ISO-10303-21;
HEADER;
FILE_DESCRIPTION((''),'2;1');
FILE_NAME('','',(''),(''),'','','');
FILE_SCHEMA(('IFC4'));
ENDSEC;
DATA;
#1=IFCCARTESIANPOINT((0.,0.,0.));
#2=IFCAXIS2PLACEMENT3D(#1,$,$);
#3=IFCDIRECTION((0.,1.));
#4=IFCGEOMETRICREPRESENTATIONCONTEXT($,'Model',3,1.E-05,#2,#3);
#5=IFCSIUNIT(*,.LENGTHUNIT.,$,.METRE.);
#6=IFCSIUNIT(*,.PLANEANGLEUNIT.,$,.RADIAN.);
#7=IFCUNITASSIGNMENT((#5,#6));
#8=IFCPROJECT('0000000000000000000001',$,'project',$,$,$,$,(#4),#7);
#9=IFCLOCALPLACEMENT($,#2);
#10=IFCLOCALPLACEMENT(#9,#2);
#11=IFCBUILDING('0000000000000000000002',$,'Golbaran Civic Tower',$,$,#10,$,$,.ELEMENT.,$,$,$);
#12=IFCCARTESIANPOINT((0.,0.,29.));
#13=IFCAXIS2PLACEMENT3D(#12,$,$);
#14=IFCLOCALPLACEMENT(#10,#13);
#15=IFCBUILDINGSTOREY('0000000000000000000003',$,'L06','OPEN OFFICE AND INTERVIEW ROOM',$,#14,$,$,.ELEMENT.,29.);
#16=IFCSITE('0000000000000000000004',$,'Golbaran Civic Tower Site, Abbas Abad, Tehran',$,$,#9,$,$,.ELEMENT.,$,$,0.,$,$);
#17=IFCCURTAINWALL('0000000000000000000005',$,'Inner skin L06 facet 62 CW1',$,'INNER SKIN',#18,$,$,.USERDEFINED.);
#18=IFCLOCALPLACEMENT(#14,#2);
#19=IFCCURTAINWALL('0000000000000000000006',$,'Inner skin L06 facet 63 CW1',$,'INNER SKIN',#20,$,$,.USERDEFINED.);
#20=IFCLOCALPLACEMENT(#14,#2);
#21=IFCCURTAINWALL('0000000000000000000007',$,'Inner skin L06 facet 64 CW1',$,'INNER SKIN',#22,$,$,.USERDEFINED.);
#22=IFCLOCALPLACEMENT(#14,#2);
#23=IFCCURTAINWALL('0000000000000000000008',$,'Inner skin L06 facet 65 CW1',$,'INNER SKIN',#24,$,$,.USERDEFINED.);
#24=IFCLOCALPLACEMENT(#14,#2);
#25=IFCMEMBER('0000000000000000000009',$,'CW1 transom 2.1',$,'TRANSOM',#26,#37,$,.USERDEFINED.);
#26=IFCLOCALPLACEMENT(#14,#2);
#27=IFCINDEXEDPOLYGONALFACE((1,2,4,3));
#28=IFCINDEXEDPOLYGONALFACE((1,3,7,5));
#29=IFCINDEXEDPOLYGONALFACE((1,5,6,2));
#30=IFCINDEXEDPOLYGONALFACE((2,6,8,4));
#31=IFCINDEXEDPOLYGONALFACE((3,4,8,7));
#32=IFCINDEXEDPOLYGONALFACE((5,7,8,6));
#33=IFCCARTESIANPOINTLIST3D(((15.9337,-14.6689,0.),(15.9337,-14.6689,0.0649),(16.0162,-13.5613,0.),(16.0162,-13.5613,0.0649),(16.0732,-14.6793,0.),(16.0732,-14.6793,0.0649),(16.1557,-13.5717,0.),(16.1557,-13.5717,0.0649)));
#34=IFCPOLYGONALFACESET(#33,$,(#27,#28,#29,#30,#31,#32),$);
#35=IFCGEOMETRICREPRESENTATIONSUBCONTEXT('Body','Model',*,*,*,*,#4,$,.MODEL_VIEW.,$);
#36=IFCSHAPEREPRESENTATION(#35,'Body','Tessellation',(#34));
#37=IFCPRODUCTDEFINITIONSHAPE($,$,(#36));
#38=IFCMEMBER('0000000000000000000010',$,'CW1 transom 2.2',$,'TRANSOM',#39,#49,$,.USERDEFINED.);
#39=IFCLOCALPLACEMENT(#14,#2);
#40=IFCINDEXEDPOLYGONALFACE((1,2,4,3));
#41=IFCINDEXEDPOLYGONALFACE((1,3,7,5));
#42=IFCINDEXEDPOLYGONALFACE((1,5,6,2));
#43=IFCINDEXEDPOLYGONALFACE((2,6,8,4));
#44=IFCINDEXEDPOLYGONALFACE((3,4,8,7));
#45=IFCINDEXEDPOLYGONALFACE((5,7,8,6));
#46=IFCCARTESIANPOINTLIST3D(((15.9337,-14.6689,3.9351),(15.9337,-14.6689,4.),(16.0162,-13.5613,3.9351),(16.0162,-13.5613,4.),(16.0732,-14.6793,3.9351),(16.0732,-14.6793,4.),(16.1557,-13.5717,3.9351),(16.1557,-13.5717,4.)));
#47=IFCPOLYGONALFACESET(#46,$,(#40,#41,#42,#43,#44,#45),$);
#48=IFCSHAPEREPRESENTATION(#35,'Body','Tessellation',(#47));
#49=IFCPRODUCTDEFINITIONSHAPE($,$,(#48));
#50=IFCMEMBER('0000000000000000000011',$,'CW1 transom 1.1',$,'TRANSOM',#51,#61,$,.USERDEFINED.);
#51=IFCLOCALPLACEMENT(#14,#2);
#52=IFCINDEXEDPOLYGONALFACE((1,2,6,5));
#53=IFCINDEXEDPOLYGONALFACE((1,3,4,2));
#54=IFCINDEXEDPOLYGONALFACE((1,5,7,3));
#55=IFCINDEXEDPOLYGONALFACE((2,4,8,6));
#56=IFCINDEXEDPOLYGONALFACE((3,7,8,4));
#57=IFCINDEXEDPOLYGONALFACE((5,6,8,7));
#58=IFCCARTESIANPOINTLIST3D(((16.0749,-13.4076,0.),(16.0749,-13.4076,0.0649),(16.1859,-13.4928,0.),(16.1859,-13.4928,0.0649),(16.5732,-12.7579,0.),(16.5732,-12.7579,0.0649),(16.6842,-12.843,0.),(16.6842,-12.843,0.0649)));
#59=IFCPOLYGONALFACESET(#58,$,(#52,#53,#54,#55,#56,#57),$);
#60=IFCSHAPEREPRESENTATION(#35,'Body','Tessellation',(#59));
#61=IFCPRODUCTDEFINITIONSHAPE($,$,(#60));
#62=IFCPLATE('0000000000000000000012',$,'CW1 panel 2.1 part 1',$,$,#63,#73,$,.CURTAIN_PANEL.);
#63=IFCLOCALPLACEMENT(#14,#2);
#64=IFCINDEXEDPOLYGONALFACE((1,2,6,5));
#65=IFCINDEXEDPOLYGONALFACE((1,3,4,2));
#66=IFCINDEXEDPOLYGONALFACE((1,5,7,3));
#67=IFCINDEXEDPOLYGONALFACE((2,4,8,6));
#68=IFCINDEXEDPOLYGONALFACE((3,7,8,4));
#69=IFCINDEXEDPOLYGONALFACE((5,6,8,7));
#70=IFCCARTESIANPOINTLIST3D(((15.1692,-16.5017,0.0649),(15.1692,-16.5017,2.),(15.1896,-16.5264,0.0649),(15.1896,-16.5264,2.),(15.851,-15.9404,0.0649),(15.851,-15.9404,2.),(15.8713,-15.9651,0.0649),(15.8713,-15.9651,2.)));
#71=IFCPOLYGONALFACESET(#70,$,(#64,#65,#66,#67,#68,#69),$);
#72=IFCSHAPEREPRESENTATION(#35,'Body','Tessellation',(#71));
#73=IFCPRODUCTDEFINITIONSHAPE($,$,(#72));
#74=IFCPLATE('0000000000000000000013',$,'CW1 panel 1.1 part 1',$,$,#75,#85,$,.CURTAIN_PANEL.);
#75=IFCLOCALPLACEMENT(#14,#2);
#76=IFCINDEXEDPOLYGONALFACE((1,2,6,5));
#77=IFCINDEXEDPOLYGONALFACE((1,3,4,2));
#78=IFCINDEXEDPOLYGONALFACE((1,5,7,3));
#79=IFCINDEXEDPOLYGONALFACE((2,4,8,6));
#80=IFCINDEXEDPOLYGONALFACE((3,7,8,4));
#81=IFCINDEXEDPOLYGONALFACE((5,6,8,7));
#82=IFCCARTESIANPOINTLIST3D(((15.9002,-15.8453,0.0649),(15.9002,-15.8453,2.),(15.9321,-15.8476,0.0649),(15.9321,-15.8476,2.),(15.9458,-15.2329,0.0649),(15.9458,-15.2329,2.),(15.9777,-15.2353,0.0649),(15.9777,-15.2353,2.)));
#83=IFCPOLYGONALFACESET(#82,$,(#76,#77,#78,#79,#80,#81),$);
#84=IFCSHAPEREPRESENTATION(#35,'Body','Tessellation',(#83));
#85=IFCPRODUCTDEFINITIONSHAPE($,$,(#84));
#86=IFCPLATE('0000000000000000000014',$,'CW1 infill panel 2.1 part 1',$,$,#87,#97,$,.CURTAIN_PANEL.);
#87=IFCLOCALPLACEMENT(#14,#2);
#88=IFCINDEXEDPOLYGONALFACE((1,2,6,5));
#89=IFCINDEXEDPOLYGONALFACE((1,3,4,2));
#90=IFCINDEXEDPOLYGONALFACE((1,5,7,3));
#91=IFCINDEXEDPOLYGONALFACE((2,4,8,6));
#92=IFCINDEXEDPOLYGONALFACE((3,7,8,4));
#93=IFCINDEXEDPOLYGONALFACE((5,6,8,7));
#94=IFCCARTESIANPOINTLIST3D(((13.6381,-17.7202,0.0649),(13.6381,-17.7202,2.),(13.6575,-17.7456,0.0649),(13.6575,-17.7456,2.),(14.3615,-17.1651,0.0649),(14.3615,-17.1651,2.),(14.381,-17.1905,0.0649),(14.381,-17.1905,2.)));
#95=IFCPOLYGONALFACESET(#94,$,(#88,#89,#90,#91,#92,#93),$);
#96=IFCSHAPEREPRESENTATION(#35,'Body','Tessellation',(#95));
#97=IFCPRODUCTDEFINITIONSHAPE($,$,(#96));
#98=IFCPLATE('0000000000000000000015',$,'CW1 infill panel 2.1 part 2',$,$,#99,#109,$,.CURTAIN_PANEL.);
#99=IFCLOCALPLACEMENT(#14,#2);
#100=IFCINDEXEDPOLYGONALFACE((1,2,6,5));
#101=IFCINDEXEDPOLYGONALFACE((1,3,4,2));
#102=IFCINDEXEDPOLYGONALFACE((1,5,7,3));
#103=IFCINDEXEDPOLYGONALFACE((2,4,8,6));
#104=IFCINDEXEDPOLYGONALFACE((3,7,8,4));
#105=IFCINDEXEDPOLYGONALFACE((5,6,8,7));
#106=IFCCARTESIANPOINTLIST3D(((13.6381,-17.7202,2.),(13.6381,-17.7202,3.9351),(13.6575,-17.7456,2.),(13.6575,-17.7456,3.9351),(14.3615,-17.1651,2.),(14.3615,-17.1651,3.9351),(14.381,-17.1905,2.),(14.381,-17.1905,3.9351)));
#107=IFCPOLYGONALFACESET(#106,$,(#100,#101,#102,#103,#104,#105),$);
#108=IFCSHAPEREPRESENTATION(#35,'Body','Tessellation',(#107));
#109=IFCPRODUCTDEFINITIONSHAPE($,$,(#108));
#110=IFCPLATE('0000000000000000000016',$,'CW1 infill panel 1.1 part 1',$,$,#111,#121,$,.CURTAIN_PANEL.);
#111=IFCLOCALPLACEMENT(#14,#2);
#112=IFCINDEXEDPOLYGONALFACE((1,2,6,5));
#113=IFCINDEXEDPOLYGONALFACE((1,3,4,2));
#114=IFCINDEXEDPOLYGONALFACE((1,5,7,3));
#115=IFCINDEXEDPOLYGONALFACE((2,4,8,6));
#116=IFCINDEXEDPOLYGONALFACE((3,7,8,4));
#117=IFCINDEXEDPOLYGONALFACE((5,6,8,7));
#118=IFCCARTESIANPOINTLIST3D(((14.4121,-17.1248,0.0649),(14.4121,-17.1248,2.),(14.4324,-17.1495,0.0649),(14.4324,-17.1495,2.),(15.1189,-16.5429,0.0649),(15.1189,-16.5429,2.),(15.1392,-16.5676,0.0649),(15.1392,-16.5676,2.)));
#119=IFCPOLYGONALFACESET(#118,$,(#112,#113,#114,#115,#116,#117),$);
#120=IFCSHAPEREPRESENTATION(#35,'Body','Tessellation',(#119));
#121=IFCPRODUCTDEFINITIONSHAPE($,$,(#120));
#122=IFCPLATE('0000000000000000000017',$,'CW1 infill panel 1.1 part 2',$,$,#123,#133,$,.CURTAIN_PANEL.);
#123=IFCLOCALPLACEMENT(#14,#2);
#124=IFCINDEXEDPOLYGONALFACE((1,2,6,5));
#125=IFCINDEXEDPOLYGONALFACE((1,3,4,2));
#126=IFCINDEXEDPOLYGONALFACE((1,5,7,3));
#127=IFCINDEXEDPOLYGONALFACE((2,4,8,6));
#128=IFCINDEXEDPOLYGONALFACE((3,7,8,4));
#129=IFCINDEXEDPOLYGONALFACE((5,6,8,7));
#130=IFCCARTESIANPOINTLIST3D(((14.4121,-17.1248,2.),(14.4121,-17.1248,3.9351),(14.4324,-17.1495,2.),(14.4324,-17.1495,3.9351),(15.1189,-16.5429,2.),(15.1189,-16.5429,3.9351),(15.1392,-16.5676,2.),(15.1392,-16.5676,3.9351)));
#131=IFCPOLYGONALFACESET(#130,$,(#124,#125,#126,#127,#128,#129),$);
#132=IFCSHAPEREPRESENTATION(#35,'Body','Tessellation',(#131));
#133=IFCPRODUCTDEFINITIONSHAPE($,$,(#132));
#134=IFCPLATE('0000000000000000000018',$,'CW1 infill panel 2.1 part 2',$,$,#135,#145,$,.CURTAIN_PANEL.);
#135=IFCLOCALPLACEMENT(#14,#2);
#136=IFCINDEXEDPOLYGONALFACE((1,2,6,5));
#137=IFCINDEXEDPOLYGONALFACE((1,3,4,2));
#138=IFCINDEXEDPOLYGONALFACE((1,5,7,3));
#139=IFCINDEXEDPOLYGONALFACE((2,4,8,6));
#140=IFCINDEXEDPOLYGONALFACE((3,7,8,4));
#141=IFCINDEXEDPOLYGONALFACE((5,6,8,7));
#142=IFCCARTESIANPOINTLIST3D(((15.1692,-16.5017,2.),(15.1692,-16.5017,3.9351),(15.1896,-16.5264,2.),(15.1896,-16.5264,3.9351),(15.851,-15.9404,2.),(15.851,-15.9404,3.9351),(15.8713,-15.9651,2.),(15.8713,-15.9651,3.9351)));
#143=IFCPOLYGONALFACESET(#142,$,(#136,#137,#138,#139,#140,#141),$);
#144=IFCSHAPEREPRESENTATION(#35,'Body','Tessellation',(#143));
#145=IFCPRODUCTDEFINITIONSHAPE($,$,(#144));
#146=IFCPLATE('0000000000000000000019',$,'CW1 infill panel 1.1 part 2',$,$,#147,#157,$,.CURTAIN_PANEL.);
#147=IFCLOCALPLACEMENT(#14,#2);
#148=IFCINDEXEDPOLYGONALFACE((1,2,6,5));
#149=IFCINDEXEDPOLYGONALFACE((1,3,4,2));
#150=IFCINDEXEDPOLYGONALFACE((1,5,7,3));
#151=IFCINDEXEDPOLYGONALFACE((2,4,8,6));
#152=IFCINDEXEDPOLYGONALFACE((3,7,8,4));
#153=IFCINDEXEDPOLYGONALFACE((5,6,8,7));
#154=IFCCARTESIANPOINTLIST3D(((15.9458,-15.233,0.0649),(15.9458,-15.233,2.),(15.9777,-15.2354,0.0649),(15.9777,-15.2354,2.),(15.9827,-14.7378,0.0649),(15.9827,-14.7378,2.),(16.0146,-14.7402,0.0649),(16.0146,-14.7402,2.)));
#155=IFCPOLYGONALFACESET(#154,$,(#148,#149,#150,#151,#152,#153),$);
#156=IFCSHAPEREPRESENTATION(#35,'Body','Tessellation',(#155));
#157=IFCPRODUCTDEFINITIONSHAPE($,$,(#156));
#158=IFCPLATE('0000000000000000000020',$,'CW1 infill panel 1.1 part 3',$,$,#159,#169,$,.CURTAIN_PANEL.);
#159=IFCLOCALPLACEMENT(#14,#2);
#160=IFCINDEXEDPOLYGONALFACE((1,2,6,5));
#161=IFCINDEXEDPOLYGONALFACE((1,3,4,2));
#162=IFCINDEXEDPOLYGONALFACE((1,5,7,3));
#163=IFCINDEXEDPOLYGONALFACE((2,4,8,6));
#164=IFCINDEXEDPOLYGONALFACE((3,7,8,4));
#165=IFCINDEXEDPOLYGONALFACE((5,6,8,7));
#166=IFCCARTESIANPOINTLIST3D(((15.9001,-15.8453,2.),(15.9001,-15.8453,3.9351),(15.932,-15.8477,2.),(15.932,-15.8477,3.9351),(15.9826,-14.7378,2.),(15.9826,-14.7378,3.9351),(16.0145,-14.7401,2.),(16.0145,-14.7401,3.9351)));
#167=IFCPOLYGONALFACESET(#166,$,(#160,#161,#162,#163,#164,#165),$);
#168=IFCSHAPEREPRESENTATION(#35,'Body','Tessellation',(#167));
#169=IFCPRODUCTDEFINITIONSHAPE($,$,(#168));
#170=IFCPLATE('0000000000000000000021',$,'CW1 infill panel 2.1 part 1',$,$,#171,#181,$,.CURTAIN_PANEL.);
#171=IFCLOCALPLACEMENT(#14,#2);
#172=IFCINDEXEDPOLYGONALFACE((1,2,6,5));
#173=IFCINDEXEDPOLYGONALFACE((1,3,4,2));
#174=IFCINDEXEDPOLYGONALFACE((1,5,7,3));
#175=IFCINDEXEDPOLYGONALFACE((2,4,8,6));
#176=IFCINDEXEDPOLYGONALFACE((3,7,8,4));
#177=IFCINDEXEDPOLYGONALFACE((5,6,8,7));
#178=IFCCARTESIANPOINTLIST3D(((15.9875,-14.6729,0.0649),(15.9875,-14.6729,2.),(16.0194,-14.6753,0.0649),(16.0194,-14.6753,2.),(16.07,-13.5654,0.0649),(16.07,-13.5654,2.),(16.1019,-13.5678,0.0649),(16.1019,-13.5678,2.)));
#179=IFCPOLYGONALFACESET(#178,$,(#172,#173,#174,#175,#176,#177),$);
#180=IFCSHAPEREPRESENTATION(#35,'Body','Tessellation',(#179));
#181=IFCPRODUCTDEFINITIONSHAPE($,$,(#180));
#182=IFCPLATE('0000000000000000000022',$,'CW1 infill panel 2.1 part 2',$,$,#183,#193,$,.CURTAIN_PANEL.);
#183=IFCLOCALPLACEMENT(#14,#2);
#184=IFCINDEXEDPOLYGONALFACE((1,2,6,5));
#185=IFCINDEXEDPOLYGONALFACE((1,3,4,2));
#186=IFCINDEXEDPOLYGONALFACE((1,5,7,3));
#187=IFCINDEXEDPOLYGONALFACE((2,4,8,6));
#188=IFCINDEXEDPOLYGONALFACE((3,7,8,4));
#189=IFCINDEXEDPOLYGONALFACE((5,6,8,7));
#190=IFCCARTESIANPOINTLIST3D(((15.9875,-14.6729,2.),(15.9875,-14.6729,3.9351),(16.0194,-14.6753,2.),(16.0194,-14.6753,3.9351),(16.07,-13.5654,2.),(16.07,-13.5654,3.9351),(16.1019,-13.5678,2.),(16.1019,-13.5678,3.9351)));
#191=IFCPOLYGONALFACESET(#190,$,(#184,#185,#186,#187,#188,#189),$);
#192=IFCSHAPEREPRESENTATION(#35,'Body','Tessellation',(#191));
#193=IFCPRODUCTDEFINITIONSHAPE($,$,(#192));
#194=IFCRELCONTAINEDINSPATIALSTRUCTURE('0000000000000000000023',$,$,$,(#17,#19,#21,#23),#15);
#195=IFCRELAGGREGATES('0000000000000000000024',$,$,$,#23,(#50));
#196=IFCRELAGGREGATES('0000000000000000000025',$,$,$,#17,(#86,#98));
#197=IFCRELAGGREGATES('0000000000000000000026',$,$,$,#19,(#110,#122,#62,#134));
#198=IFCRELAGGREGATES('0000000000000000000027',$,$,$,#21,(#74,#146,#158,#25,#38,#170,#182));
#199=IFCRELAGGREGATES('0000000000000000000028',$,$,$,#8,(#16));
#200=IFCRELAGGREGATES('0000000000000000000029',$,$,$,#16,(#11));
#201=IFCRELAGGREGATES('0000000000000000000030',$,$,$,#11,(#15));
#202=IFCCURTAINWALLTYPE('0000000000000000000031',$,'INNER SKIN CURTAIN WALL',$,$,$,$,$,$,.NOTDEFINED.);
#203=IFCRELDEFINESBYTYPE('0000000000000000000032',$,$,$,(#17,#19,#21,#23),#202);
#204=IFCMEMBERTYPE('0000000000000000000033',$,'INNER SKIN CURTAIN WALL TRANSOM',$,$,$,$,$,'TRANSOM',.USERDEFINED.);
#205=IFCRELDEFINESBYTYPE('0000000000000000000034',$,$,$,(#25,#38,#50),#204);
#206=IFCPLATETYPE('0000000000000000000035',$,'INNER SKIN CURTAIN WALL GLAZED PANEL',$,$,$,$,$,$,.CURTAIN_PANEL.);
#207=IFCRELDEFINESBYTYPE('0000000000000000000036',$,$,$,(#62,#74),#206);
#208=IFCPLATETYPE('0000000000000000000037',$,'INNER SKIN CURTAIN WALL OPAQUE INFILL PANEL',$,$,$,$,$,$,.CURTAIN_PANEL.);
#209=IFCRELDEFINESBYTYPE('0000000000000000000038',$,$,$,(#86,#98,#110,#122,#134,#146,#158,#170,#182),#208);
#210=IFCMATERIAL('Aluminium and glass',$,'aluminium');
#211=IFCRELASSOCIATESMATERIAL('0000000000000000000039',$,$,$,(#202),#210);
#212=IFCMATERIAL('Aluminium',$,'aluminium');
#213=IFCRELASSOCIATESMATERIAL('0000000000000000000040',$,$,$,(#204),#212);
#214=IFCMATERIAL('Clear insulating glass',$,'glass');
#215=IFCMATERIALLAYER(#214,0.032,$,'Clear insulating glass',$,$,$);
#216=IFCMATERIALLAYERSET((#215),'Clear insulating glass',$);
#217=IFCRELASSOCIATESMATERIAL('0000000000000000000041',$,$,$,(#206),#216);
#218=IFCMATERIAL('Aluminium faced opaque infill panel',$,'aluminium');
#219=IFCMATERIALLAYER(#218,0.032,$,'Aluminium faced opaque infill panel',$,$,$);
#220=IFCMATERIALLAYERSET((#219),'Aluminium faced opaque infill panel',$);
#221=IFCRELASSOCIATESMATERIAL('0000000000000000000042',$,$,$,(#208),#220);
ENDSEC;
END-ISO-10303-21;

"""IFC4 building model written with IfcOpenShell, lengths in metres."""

from ifc_helpers import new_model, si_unit, direction, frame, origin, origin_2d, place, context, subcontext, project, spatial, rectangle, extrude, material, layer, layer_set, material_profile, profile_set, type_object, element, aggregate, save


model = new_model("IFC4")

# Units and contexts
model_context = context("Model", 3, precision=1e-05, world=origin(), true_north=direction((0.0, 1.0)))
body_context = subcontext(model_context, "Body", "Model", "MODEL_VIEW")
ifc_project = project(units=[si_unit("LENGTHUNIT", "METRE"), si_unit("PLANEANGLEUNIT", "RADIAN")], contexts=[model_context])

# Site, building, storey
site_placement = place(None, origin())
site = spatial("IfcSite", under=ifc_project, at=site_placement, Name="Golbaran Civic Tower Site, Abbas Abad, Tehran", CompositionType="ELEMENT", RefElevation=0.0)
building_placement = place(site_placement, origin())
building = spatial("IfcBuilding", under=site, at=building_placement, Name="Golbaran Civic Tower", CompositionType="ELEMENT")
storey_placement = place(building_placement, frame((0.0, 0.0, 29.0)))
storey = spatial("IfcBuildingStorey", under=building, at=storey_placement, Name="L06", Description="OPEN OFFICE AND INTERVIEW ROOM", CompositionType="ELEMENT", Elevation=29.0)

# Curtain wall
ifc_material_1 = material(Name="Aluminium and glass", Category="aluminium")
curtain_wall_type = type_object("IfcCurtainWallType", Name="INNER SKIN CURTAIN WALL", PredefinedType="NOTDEFINED", material=ifc_material_1)
curtain_wall_1_placement = place(storey_placement, origin())
curtain_wall_1 = element("IfcCurtainWall", 1, at=curtain_wall_1_placement, inside=storey, type_object=curtain_wall_type, Name="Inner skin L06 facet 62 CW1", ObjectType="INNER SKIN", PredefinedType="USERDEFINED")
ifc_material_2 = material(Name="Aluminium", Category="aluminium")

# Curtain walls
curtain_wall_2_placement = place(storey_placement, origin())
curtain_wall_2 = element("IfcCurtainWall", 2, at=curtain_wall_2_placement, inside=storey, type_object=curtain_wall_type, Name="Inner skin L06 facet 63 CW1", ObjectType="INNER SKIN", PredefinedType="USERDEFINED")
curtain_wall_3_placement = place(storey_placement, origin())
curtain_wall_3 = element("IfcCurtainWall", 3, at=curtain_wall_3_placement, inside=storey, type_object=curtain_wall_type, Name="Inner skin L06 facet 64 CW1", ObjectType="INNER SKIN", PredefinedType="USERDEFINED")

# Curtain wall
curtain_wall_4_placement = place(storey_placement, origin())
curtain_wall_4 = element("IfcCurtainWall", 4, at=curtain_wall_4_placement, inside=storey, type_object=curtain_wall_type, Name="Inner skin L06 facet 65 CW1", ObjectType="INNER SKIN", PredefinedType="USERDEFINED")

# Members
ifc_material_profile_1 = material_profile(ifc_material_2, rectangle(XDim=0.1399, YDim=0.0649, at=origin_2d()), Name="INNER SKIN CURTAIN WALL TRANSOM")
ifc_profile_set_1 = profile_set([ifc_material_profile_1], Name="Aluminium")
member_type_1 = type_object("IfcMemberType", Name="INNER SKIN CURTAIN WALL TRANSOM", ElementType="TRANSOM", PredefinedType="USERDEFINED", material=ifc_profile_set_1)
member_1_placement = place(storey_placement, frame((16.0034, -14.6741, 0.0325), z_axis=(0.074309, 0.997235, 0.0), x_axis=(-0.997235, 0.074309, 0.0)))
member_1 = element("IfcMember", 5, at=member_1_placement, type_object=member_type_1, Name="CW1 transom 2.1", ObjectType="TRANSOM", PredefinedType="USERDEFINED", context=body_context, shape_type="SweptSolid", body=[
    extrude(rectangle(XDim=0.1399, YDim=0.0649, at=origin_2d()), origin(), (0.0, 0.0, 1.0), 1.1106),
])
member_2_placement = place(storey_placement, frame((16.0034, -14.6741, 3.9675), z_axis=(0.074309, 0.997235, 0.0), x_axis=(-0.997235, 0.074309, 0.0)))
member_2 = element("IfcMember", 6, at=member_2_placement, type_object=member_type_1, Name="CW1 transom 2.2", ObjectType="TRANSOM", PredefinedType="USERDEFINED", context=body_context, shape_type="SweptSolid", body=[
    extrude(rectangle(XDim=0.1399, YDim=0.0649, at=origin_2d()), origin(), (0.0, 0.0, 1.0), 1.1106),
])
member_3_placement = place(storey_placement, frame((16.1304, -13.4502, 0.0325), z_axis=(0.608601, 0.793477, 0.0), x_axis=(-0.793477, 0.608601, 0.0)))
member_3 = element("IfcMember", 7, at=member_3_placement, type_object=member_type_1, Name="CW1 transom 1.1", ObjectType="TRANSOM", PredefinedType="USERDEFINED", context=body_context, shape_type="SweptSolid", body=[
    extrude(rectangle(XDim=0.1399, YDim=0.0649, at=origin_2d()), origin(), (0.0, 0.0, 1.0), 0.8188),
])
aggregate(curtain_wall_4, [member_3])

# Plates
ifc_material_3 = material(Name="Clear insulating glass", Category="glass")
ifc_layer_1 = layer(ifc_material_3, 0.032, Name="Clear insulating glass")
ifc_layer_set_1 = layer_set([ifc_layer_1], Name="Clear insulating glass")
plate_type_1 = type_object("IfcPlateType", Name="INNER SKIN CURTAIN WALL GLAZED PANEL", PredefinedType="CURTAIN_PANEL", material=ifc_layer_set_1)
plate_1_placement = place(storey_placement, frame((15.5203, -16.2334, 0.0649), z_axis=(0.0, 0.0, 1.0), x_axis=(0.772032, 0.635583, 0.0)))
plate_1 = element("IfcPlate", 8, at=plate_1_placement, type_object=plate_type_1, Name="CW1 panel 2.1 part 1", PredefinedType="CURTAIN_PANEL", context=body_context, shape_type="SweptSolid", body=[
    extrude(rectangle(XDim=0.8831, YDim=0.032, at=origin_2d()), origin(), (0.0, 0.0, 1.0), 1.9351),
])
plate_2_placement = place(storey_placement, frame((15.939, -15.5403, 0.0649), z_axis=(0.0, 0.0, 1.0), x_axis=(0.074267, 0.997238, 0.0)))
plate_2 = element("IfcPlate", 9, at=plate_2_placement, type_object=plate_type_1, Name="CW1 panel 1.1 part 1", PredefinedType="CURTAIN_PANEL", context=body_context, shape_type="SweptSolid", body=[
    extrude(rectangle(XDim=0.614, YDim=0.032, at=origin_2d()), origin(), (0.0, 0.0, 1.0), 1.9351),
])
ifc_material_4 = material(Name="Aluminium faced opaque infill panel", Category="aluminium")
ifc_layer_2 = layer(ifc_material_4, 0.032, Name="Aluminium faced opaque infill panel")
ifc_layer_set_2 = layer_set([ifc_layer_2], Name="Aluminium faced opaque infill panel")
plate_type_2 = type_object("IfcPlateType", Name="INNER SKIN CURTAIN WALL OPAQUE INFILL PANEL", PredefinedType="CURTAIN_PANEL", material=ifc_layer_set_2)
plate_3_placement = place(storey_placement, frame((14.0095, -17.4553, 0.0649), z_axis=(0.0, 0.0, 1.0), x_axis=(0.793353, 0.608761, 0.0)))
plate_3 = element("IfcPlate", 10, at=plate_3_placement, type_object=plate_type_2, Name="CW1 infill panel 2.1 part 1", PredefinedType="CURTAIN_PANEL", context=body_context, shape_type="SweptSolid", body=[
    extrude(rectangle(XDim=0.9119, YDim=0.032, at=origin_2d()), origin(), (0.0, 0.0, 1.0), 1.9351),
])
plate_4_placement = place(storey_placement, frame((14.0095, -17.4553, 2.0), z_axis=(0.0, 0.0, 1.0), x_axis=(0.793353, 0.608761, 0.0)))
plate_4 = element("IfcPlate", 11, at=plate_4_placement, type_object=plate_type_2, Name="CW1 infill panel 2.1 part 2", PredefinedType="CURTAIN_PANEL", context=body_context, shape_type="SweptSolid", body=[
    extrude(rectangle(XDim=0.9119, YDim=0.032, at=origin_2d()), origin(), (0.0, 0.0, 1.0), 1.9351),
])
aggregate(curtain_wall_1, [plate_3, plate_4])
plate_5_placement = place(storey_placement, frame((14.7756, -16.8462, 0.0649), z_axis=(0.0, 0.0, 1.0), x_axis=(0.772032, 0.635583, 0.0)))
plate_5 = element("IfcPlate", 12, at=plate_5_placement, type_object=plate_type_2, Name="CW1 infill panel 1.1 part 1", PredefinedType="CURTAIN_PANEL", context=body_context, shape_type="SweptSolid", body=[
    extrude(rectangle(XDim=0.9155, YDim=0.032, at=origin_2d()), origin(), (0.0, 0.0, 1.0), 1.9351),
])
plate_6_placement = place(storey_placement, frame((14.7756, -16.8462, 2.0), z_axis=(0.0, 0.0, 1.0), x_axis=(0.772032, 0.635583, 0.0)))
plate_6 = element("IfcPlate", 13, at=plate_6_placement, type_object=plate_type_2, Name="CW1 infill panel 1.1 part 2", PredefinedType="CURTAIN_PANEL", context=body_context, shape_type="SweptSolid", body=[
    extrude(rectangle(XDim=0.9155, YDim=0.032, at=origin_2d()), origin(), (0.0, 0.0, 1.0), 1.9351),
])
plate_7_placement = place(storey_placement, frame((15.5203, -16.2334, 2.0), z_axis=(0.0, 0.0, 1.0), x_axis=(0.772032, 0.635583, 0.0)))
plate_7 = element("IfcPlate", 14, at=plate_7_placement, type_object=plate_type_2, Name="CW1 infill panel 2.1 part 2", PredefinedType="CURTAIN_PANEL", context=body_context, shape_type="SweptSolid", body=[
    extrude(rectangle(XDim=0.8831, YDim=0.032, at=origin_2d()), origin(), (0.0, 0.0, 1.0), 1.9351),
])
aggregate(curtain_wall_2, [plate_5, plate_6, plate_1, plate_7])
plate_8_placement = place(storey_placement, frame((15.9802, -14.9866, 0.0649), z_axis=(0.0, 0.0, 1.0), x_axis=(0.074267, 0.997238, 0.0)))
plate_8 = element("IfcPlate", 15, at=plate_8_placement, type_object=plate_type_2, Name="CW1 infill panel 1.1 part 2", PredefinedType="CURTAIN_PANEL", context=body_context, shape_type="SweptSolid", body=[
    extrude(rectangle(XDim=0.4966, YDim=0.032, at=origin_2d()), origin(), (0.0, 0.0, 1.0), 1.9351),
])
plate_9_placement = place(storey_placement, frame((15.9573, -15.2927, 2.0), z_axis=(0.0, 0.0, 1.0), x_axis=(0.074267, 0.997238, 0.0)))
plate_9 = element("IfcPlate", 16, at=plate_9_placement, type_object=plate_type_2, Name="CW1 infill panel 1.1 part 3", PredefinedType="CURTAIN_PANEL", context=body_context, shape_type="SweptSolid", body=[
    extrude(rectangle(XDim=1.1106, YDim=0.032, at=origin_2d()), origin(), (0.0, 0.0, 1.0), 1.9351),
])
plate_10_placement = place(storey_placement, frame((16.0447, -14.1204, 0.0649), z_axis=(0.0, 0.0, 1.0), x_axis=(0.074267, 0.997238, 0.0)))
plate_10 = element("IfcPlate", 17, at=plate_10_placement, type_object=plate_type_2, Name="CW1 infill panel 2.1 part 1", PredefinedType="CURTAIN_PANEL", context=body_context, shape_type="SweptSolid", body=[
    extrude(rectangle(XDim=1.1106, YDim=0.032, at=origin_2d()), origin(), (0.0, 0.0, 1.0), 1.9351),
])
plate_11_placement = place(storey_placement, frame((16.0447, -14.1204, 2.0), z_axis=(0.0, 0.0, 1.0), x_axis=(0.074267, 0.997238, 0.0)))
plate_11 = element("IfcPlate", 18, at=plate_11_placement, type_object=plate_type_2, Name="CW1 infill panel 2.1 part 2", PredefinedType="CURTAIN_PANEL", context=body_context, shape_type="SweptSolid", body=[
    extrude(rectangle(XDim=1.1106, YDim=0.032, at=origin_2d()), origin(), (0.0, 0.0, 1.0), 1.9351),
])
aggregate(curtain_wall_3, [plate_2, plate_8, plate_9, member_1, member_2, plate_10, plate_11])

save(model, "model.ifc")
